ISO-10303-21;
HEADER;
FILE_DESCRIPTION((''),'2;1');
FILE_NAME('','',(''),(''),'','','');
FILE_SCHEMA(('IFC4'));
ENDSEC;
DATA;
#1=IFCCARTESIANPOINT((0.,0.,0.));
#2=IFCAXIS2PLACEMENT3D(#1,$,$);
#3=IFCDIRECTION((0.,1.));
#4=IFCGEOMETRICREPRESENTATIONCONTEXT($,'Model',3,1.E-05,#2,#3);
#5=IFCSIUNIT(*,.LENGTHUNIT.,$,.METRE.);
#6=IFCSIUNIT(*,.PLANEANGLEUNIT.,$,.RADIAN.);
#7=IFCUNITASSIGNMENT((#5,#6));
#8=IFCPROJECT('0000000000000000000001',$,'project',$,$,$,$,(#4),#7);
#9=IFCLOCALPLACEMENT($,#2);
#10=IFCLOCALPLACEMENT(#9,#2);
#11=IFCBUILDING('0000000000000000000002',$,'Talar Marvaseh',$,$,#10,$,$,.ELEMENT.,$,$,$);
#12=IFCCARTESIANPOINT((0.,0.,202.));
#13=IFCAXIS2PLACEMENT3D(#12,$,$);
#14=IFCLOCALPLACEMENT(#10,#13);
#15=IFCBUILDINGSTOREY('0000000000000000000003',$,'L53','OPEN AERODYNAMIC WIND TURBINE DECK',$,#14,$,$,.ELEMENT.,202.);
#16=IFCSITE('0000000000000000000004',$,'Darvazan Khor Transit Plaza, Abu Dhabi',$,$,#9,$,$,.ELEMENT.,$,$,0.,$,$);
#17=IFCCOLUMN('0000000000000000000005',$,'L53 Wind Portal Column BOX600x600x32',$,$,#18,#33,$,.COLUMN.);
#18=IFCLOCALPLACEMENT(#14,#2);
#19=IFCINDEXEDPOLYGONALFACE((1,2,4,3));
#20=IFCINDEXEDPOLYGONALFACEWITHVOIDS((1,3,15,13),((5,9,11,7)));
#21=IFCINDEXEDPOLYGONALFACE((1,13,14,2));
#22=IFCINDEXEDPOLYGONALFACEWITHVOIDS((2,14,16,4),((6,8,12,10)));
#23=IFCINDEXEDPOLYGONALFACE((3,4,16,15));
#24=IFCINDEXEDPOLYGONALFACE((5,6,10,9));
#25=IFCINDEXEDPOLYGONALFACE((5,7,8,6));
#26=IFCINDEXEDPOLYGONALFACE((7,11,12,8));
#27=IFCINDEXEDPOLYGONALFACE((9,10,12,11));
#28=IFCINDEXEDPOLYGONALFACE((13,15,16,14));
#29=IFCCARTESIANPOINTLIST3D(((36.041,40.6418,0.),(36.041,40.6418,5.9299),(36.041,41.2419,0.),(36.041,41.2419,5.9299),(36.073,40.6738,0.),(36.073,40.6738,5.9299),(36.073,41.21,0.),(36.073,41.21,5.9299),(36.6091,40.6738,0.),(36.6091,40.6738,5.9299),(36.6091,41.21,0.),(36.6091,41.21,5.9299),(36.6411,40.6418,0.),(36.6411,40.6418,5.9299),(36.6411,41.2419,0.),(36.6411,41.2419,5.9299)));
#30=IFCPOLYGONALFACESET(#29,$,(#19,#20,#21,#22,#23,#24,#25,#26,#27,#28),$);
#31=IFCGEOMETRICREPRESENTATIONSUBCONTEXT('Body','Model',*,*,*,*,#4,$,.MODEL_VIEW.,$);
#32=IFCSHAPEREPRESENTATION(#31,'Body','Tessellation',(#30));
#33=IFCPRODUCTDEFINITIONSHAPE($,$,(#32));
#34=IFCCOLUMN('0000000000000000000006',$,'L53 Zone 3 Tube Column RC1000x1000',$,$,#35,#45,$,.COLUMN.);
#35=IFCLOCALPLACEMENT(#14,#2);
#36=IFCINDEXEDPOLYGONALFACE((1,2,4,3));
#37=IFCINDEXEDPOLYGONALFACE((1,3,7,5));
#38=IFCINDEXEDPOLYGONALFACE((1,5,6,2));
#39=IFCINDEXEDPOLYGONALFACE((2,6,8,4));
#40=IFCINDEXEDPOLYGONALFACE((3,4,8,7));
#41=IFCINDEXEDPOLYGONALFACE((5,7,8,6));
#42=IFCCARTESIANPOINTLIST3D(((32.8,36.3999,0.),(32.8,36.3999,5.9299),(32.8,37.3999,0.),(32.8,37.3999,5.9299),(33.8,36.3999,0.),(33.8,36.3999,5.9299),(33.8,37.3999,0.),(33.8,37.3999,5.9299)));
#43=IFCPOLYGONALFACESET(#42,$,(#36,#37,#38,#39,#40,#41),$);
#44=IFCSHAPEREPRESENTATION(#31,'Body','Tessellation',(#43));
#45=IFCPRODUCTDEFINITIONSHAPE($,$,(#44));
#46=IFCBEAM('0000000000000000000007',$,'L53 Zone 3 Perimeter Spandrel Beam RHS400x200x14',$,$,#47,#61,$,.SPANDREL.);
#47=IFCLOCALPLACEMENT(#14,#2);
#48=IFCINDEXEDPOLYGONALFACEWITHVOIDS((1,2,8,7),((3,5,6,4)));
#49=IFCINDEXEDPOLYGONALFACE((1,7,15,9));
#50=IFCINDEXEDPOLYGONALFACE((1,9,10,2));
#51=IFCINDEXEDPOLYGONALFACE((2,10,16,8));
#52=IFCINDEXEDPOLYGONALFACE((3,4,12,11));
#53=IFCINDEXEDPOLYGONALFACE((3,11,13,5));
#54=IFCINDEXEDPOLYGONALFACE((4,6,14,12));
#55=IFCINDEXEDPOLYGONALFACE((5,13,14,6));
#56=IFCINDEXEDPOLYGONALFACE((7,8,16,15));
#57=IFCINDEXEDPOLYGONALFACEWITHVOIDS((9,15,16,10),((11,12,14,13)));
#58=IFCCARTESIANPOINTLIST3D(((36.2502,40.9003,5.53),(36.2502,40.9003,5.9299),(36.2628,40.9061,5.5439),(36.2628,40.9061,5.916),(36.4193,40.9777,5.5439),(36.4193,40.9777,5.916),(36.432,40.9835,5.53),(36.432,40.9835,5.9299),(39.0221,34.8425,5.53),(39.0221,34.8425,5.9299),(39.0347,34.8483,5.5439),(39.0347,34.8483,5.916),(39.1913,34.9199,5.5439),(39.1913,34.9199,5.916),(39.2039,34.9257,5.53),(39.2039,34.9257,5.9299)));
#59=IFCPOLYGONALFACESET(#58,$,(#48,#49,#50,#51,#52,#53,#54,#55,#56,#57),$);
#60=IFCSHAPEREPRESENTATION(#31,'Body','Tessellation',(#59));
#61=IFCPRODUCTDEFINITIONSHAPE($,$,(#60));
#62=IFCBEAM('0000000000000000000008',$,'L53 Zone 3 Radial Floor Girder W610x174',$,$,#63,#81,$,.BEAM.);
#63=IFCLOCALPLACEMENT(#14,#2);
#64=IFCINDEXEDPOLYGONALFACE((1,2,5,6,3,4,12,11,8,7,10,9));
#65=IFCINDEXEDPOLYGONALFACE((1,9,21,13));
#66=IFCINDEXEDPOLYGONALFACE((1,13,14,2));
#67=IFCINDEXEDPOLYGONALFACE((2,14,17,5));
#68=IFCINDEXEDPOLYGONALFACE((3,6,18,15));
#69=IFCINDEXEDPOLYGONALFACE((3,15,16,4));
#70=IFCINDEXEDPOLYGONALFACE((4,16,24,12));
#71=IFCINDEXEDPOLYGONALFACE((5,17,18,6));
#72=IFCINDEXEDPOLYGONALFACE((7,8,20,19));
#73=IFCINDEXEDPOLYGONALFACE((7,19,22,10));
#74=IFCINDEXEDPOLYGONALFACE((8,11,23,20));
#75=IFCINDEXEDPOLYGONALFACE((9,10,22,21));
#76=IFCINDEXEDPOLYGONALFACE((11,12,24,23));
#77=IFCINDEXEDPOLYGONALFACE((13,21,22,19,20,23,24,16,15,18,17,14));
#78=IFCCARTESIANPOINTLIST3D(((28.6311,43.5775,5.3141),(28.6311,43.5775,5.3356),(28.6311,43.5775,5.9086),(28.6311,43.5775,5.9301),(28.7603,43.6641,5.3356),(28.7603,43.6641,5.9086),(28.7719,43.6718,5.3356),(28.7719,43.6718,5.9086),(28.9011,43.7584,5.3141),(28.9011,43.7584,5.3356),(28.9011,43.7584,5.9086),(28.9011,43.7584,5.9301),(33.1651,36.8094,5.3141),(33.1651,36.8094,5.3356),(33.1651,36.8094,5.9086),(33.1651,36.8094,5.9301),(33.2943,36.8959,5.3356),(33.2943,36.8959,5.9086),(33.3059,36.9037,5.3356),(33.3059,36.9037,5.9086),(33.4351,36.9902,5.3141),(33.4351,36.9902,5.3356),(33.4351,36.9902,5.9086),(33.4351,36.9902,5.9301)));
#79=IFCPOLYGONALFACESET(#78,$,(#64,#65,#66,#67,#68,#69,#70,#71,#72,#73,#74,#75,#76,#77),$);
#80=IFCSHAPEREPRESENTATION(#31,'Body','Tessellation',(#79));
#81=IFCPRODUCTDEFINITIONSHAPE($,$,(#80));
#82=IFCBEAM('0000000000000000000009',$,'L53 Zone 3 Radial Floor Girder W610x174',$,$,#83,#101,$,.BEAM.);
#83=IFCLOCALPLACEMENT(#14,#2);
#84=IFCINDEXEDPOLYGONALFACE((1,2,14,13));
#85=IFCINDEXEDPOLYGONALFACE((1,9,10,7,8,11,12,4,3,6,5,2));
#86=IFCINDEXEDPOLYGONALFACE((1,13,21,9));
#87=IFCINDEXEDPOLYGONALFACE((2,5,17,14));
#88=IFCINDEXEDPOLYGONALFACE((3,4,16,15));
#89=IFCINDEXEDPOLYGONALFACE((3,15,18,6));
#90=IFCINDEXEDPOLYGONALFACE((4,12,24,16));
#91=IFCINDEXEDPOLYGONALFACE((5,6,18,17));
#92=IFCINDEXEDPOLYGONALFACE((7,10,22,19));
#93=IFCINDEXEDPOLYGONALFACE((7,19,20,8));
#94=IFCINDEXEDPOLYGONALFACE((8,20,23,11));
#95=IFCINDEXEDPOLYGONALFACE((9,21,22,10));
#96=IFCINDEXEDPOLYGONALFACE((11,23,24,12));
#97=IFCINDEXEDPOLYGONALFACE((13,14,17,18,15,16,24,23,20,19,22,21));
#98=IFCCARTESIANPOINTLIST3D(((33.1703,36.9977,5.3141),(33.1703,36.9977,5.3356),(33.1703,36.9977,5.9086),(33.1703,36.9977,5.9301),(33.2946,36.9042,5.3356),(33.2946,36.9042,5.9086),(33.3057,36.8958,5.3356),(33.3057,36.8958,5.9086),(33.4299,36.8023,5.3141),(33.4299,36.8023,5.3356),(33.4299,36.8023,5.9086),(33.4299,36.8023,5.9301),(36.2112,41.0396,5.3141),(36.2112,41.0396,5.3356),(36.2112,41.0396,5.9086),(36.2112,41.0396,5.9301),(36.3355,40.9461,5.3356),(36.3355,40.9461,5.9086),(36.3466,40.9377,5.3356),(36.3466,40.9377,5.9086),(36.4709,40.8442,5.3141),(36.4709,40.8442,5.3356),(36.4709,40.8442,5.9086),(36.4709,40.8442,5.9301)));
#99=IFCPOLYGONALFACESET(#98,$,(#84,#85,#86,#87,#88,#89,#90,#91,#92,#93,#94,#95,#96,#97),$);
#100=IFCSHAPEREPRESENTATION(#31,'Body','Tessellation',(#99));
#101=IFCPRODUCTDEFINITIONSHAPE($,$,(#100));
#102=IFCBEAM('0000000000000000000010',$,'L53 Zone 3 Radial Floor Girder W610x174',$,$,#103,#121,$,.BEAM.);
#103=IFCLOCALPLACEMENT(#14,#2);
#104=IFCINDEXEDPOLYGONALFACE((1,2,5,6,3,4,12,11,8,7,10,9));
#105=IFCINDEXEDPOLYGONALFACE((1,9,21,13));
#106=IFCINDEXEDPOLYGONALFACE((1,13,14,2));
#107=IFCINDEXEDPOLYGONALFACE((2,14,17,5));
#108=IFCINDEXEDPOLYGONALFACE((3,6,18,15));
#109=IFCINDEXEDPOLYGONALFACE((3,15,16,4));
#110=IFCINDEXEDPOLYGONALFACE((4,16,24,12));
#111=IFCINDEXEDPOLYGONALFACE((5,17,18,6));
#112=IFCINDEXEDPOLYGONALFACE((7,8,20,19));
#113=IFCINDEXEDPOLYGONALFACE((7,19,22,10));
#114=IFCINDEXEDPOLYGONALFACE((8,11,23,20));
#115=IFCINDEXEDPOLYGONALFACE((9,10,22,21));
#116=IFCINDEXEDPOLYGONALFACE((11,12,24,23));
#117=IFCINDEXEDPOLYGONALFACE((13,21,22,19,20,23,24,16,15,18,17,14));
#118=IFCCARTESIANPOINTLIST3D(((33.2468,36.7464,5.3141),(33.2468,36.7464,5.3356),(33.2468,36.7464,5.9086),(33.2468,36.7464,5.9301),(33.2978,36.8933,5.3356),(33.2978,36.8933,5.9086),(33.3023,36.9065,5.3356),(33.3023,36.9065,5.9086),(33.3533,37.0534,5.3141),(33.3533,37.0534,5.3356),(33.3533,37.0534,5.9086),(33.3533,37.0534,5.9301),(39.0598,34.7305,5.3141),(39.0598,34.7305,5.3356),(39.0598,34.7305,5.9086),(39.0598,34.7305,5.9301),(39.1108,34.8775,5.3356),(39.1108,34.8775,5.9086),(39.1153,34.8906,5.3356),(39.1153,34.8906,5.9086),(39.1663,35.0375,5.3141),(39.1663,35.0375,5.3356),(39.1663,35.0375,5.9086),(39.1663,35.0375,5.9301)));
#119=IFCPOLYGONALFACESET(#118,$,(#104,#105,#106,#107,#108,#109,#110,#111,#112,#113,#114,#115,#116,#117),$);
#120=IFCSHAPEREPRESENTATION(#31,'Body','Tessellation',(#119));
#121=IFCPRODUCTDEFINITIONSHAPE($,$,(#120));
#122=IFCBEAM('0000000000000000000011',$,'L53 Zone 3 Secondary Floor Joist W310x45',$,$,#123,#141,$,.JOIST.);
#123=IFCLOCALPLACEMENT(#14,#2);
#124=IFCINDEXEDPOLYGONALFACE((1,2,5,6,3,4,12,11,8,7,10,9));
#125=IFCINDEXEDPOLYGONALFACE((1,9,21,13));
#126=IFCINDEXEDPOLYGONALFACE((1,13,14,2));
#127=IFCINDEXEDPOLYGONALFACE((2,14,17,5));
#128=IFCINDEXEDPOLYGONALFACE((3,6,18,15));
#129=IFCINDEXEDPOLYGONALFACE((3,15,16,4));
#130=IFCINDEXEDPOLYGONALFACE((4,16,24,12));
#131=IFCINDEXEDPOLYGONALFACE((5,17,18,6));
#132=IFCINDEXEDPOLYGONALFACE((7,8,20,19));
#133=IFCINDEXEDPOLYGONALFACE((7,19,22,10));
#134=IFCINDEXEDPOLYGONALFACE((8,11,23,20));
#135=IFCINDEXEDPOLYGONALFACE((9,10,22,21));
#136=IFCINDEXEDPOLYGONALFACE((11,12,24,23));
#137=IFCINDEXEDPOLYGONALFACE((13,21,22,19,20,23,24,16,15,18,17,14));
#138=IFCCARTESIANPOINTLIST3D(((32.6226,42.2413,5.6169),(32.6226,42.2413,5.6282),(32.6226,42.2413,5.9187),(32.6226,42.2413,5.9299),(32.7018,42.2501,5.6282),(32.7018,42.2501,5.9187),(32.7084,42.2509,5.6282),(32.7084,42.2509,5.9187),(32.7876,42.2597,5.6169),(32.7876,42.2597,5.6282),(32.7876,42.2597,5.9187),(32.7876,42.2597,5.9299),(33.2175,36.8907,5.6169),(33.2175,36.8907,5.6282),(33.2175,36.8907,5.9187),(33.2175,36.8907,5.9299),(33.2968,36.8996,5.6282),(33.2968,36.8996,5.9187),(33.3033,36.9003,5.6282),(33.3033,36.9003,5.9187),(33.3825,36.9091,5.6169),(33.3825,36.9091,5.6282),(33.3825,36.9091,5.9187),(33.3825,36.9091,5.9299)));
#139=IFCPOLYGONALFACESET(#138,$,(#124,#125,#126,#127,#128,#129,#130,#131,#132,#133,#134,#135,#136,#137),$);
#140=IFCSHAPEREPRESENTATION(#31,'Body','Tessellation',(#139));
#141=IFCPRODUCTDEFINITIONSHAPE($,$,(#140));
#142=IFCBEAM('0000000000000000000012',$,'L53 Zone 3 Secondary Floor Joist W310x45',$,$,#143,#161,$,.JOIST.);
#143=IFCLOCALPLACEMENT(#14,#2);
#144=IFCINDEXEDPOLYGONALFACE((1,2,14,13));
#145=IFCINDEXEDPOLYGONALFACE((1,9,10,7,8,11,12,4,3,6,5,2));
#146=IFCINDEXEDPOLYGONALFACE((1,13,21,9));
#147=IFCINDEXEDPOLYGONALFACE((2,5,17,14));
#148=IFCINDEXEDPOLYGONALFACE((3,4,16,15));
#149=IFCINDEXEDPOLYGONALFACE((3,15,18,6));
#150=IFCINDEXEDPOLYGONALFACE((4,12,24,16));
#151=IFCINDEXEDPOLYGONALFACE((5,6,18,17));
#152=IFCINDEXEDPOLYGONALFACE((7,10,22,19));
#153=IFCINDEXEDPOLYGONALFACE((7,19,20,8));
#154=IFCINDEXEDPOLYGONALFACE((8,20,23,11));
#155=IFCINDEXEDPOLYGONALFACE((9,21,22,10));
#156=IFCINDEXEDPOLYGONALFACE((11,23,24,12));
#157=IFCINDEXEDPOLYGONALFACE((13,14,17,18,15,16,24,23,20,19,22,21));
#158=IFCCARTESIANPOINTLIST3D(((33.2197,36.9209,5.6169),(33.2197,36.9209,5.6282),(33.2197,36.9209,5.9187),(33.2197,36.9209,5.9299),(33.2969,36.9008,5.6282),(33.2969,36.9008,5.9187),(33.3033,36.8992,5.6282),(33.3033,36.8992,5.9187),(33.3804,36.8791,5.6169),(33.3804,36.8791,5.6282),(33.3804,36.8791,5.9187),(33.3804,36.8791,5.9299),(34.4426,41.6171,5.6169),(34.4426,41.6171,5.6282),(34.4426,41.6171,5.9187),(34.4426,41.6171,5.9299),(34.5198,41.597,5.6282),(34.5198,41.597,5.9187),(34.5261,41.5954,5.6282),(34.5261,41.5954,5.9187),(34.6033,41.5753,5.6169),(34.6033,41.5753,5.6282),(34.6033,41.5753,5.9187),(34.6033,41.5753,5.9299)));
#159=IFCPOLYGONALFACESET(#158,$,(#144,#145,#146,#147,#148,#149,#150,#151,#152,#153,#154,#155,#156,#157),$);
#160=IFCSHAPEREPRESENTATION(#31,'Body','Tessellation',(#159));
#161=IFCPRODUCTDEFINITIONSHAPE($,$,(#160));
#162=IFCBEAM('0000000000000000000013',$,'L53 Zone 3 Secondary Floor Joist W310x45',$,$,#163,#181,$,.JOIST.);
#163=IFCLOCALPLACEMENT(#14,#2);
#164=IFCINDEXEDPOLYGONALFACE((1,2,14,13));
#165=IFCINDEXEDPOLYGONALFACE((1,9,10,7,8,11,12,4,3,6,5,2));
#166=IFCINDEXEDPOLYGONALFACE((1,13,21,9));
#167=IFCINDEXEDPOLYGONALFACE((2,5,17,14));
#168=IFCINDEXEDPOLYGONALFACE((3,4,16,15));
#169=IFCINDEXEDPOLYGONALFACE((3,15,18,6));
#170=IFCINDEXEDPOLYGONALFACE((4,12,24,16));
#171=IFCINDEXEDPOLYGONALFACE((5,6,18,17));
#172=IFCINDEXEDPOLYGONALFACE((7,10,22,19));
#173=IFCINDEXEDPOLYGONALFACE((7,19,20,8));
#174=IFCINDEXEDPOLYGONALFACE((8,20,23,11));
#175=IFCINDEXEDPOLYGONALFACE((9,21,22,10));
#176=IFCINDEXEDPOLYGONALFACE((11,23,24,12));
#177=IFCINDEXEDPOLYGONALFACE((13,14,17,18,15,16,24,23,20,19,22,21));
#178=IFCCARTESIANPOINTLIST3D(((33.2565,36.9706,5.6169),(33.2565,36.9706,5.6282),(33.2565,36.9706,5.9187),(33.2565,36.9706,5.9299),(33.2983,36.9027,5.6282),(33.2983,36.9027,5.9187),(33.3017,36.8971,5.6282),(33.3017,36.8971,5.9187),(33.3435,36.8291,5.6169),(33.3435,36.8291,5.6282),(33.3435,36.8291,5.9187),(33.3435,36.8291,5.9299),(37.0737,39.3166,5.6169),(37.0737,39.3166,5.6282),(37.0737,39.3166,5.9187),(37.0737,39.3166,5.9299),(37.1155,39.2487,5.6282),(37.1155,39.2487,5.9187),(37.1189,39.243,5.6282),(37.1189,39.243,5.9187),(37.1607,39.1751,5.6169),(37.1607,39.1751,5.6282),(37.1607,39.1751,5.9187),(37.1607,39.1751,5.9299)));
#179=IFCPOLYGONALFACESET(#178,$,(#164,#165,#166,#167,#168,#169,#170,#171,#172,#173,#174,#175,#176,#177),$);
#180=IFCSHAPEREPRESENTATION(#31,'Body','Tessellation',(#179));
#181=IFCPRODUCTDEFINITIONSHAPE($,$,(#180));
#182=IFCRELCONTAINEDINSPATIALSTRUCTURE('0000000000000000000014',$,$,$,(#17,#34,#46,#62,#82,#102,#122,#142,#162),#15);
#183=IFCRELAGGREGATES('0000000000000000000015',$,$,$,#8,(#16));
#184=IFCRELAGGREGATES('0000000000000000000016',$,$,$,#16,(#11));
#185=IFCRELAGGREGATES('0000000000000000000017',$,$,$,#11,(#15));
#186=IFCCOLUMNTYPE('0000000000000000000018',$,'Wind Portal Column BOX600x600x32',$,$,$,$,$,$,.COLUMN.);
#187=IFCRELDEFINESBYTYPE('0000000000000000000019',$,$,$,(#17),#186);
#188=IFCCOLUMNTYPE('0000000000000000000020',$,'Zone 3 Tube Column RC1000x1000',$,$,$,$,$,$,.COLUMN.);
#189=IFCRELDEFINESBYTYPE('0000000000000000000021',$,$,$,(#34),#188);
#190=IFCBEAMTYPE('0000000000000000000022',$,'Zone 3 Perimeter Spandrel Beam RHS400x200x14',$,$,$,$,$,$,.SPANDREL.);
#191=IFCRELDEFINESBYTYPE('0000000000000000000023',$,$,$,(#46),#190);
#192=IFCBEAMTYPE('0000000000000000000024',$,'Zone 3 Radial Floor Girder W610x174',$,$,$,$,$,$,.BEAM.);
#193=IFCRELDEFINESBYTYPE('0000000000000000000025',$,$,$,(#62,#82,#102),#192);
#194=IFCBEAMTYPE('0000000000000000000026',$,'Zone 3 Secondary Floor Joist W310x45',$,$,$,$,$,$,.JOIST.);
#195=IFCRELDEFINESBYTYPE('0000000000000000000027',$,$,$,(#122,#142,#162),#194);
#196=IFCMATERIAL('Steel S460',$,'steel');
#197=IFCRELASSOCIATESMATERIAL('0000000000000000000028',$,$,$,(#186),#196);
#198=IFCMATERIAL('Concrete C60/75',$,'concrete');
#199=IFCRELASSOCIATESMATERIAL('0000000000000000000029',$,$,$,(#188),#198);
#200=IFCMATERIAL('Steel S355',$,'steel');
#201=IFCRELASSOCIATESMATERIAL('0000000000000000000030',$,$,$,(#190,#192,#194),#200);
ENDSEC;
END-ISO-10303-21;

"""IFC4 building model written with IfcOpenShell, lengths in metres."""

from ifc_helpers import new_model, si_unit, direction, frame, origin, origin_2d, place, context, subcontext, project, spatial, rectangle, hollow_rectangle, i_section, extrude, material, material_profile, profile_set, type_object, element, save


model = new_model("IFC4")

# Units and contexts
model_context = context("Model", 3, precision=1e-05, world=origin(), true_north=direction((0.0, 1.0)))
body_context = subcontext(model_context, "Body", "Model", "MODEL_VIEW")
ifc_project = project(units=[si_unit("LENGTHUNIT", "METRE"), si_unit("PLANEANGLEUNIT", "RADIAN")], contexts=[model_context])

# Site, building, storey
site_placement = place(None, origin())
site = spatial("IfcSite", under=ifc_project, at=site_placement, Name="Darvazan Khor Transit Plaza, Abu Dhabi", CompositionType="ELEMENT", RefElevation=0.0)
building_placement = place(site_placement, origin())
building = spatial("IfcBuilding", under=site, at=building_placement, Name="Talar Marvaseh", CompositionType="ELEMENT")
storey_placement = place(building_placement, frame((0.0, 0.0, 202.0)))
storey = spatial("IfcBuildingStorey", under=building, at=storey_placement, Name="L53", Description="OPEN AERODYNAMIC WIND TURBINE DECK", CompositionType="ELEMENT", Elevation=202.0)

# Columns
ifc_material_1 = material(Name="Steel S460", Category="steel")
ifc_material_profile_1 = material_profile(ifc_material_1, hollow_rectangle(XDim=0.6001, YDim=0.6001, WallThickness=0.032, at=origin_2d()), Name="BOX600x600x32")
ifc_profile_set_1 = profile_set([ifc_material_profile_1], Name="Steel S460")
column_type_1 = type_object("IfcColumnType", Name="Wind Portal Column BOX600x600x32", PredefinedType="COLUMN", material=ifc_profile_set_1)
column_1_placement = place(storey_placement, frame((36.3411, 40.9419, 0.0), z_axis=(0.0, 0.0, 1.0), x_axis=(1.0, 0.0, 0.0)))
element("IfcColumn", 1, at=column_1_placement, inside=storey, type_object=column_type_1, Name="L53 Wind Portal Column BOX600x600x32", PredefinedType="COLUMN", context=body_context, shape_type="SweptSolid", body=[
    extrude(hollow_rectangle(XDim=0.6001, YDim=0.6001, WallThickness=0.032, at=origin_2d()), origin(), (0.0, 0.0, 1.0), 5.9299),
])
ifc_material_2 = material(Name="Concrete C60/75", Category="concrete")
ifc_material_profile_2 = material_profile(ifc_material_2, rectangle(XDim=1.0, YDim=1.0, at=origin_2d()), Name="RC1000x1000")
ifc_profile_set_2 = profile_set([ifc_material_profile_2], Name="Concrete C60/75")
column_type_2 = type_object("IfcColumnType", Name="Zone 3 Tube Column RC1000x1000", PredefinedType="COLUMN", material=ifc_profile_set_2)
column_2_placement = place(storey_placement, frame((33.3, 36.8999, 0.0), z_axis=(0.0, 0.0, 1.0), x_axis=(1.0, 0.0, 0.0)))
element("IfcColumn", 2, at=column_2_placement, inside=storey, type_object=column_type_2, Name="L53 Zone 3 Tube Column RC1000x1000", PredefinedType="COLUMN", context=body_context, shape_type="SweptSolid", body=[
    extrude(rectangle(XDim=1.0, YDim=1.0, at=origin_2d()), origin(), (0.0, 0.0, 1.0), 5.9299),
])

# Beams
ifc_material_3 = material(Name="Steel S355", Category="steel")
ifc_material_profile_3 = material_profile(ifc_material_3, hollow_rectangle(XDim=0.2, YDim=0.3999, WallThickness=0.0139, at=origin_2d()), Name="RHS400x200x14")
ifc_profile_set_3 = profile_set([ifc_material_profile_3], Name="Steel S355")
beam_type_1 = type_object("IfcBeamType", Name="Zone 3 Perimeter Spandrel Beam RHS400x200x14", PredefinedType="SPANDREL", material=ifc_profile_set_3)
beam_1_placement = place(storey_placement, frame((36.3411, 40.9419, 5.73), z_axis=(0.416091, -0.909323, 0.0), x_axis=(0.909323, 0.416091, 0.0)))
element("IfcBeam", 3, at=beam_1_placement, inside=storey, type_object=beam_type_1, Name="L53 Zone 3 Perimeter Spandrel Beam RHS400x200x14", PredefinedType="SPANDREL", context=body_context, shape_type="SweptSolid", body=[
    extrude(hollow_rectangle(XDim=0.2, YDim=0.3999, WallThickness=0.0139, at=origin_2d()), origin(), (0.0, 0.0, 1.0), 6.6619),
])
ifc_material_profile_4 = material_profile(ifc_material_3, i_section(OverallWidth=0.325, OverallDepth=0.616, WebThickness=0.0139, FlangeThickness=0.0215, at=origin_2d()), Name="W610x174")
ifc_profile_set_4 = profile_set([ifc_material_profile_4], Name="Steel S355")
beam_type_2 = type_object("IfcBeamType", Name="Zone 3 Radial Floor Girder W610x174", PredefinedType="BEAM", material=ifc_profile_set_4)
beam_2_placement = place(storey_placement, frame((28.7661, 43.668, 5.6221), z_axis=(0.556559, -0.830808, 0.0), x_axis=(0.830808, 0.556559, 0.0)))
element("IfcBeam", 4, at=beam_2_placement, inside=storey, type_object=beam_type_2, Name="L53 Zone 3 Radial Floor Girder W610x174", PredefinedType="BEAM", context=body_context, shape_type="SweptSolid", body=[
    extrude(i_section(OverallWidth=0.325, OverallDepth=0.616, WebThickness=0.0139, FlangeThickness=0.0215, at=origin_2d()), origin(), (0.0, 0.0, 1.0), 8.1465),
])
beam_3_placement = place(storey_placement, frame((36.3411, 40.9419, 5.6221), z_axis=(-0.601204, -0.799096, 0.0), x_axis=(0.799096, -0.601204, 0.0)))
element("IfcBeam", 5, at=beam_3_placement, inside=storey, type_object=beam_type_2, Name="L53 Zone 3 Radial Floor Girder W610x174", PredefinedType="BEAM", context=body_context, shape_type="SweptSolid", body=[
    extrude(i_section(OverallWidth=0.325, OverallDepth=0.616, WebThickness=0.0139, FlangeThickness=0.0215, at=origin_2d()), origin(), (0.0, 0.0, 1.0), 5.0581),
])
beam_4_placement = place(storey_placement, frame((39.113, 34.884, 5.6221), z_axis=(-0.944801, 0.327645, 0.0), x_axis=(-0.327645, -0.944801, 0.0)))
element("IfcBeam", 6, at=beam_4_placement, inside=storey, type_object=beam_type_2, Name="L53 Zone 3 Radial Floor Girder W610x174", PredefinedType="BEAM", context=body_context, shape_type="SweptSolid", body=[
    extrude(i_section(OverallWidth=0.325, OverallDepth=0.616, WebThickness=0.0139, FlangeThickness=0.0215, at=origin_2d()), origin(), (0.0, 0.0, 1.0), 6.1526),
])
ifc_material_profile_5 = material_profile(ifc_material_3, i_section(OverallWidth=0.166, OverallDepth=0.313, WebThickness=0.0066, FlangeThickness=0.0112, at=origin_2d()), Name="W310x45")
ifc_profile_set_5 = profile_set([ifc_material_profile_5], Name="Steel S355")
beam_type_3 = type_object("IfcBeamType", Name="Zone 3 Secondary Floor Joist W310x45", PredefinedType="JOIST", material=ifc_profile_set_5)
beam_5_placement = place(storey_placement, frame((32.7051, 42.2505, 5.7734), z_axis=(0.110516, -0.993874, 0.0), x_axis=(0.993874, 0.110516, 0.0)))
element("IfcBeam", 7, at=beam_5_placement, inside=storey, type_object=beam_type_3, Name="L53 Zone 3 Secondary Floor Joist W310x45", PredefinedType="JOIST", context=body_context, shape_type="SweptSolid", body=[
    extrude(i_section(OverallWidth=0.166, OverallDepth=0.313, WebThickness=0.0066, FlangeThickness=0.0112, at=origin_2d()), origin(), (0.0, 0.0, 1.0), 5.3835),
])
beam_6_placement = place(storey_placement, frame((34.5229, 41.5962, 5.7734), z_axis=(-0.251994, -0.967729, 0.0), x_axis=(0.967729, -0.251994, 0.0)))
element("IfcBeam", 8, at=beam_6_placement, inside=storey, type_object=beam_type_3, Name="L53 Zone 3 Secondary Floor Joist W310x45", PredefinedType="JOIST", context=body_context, shape_type="SweptSolid", body=[
    extrude(i_section(OverallWidth=0.166, OverallDepth=0.313, WebThickness=0.0066, FlangeThickness=0.0112, at=origin_2d()), origin(), (0.0, 0.0, 1.0), 4.8528),
])
beam_7_placement = place(storey_placement, frame((37.1172, 39.2458, 5.7734), z_axis=(-0.851963, -0.523602, 0.0), x_axis=(0.523602, -0.851963, 0.0)))
element("IfcBeam", 9, at=beam_7_placement, inside=storey, type_object=beam_type_3, Name="L53 Zone 3 Secondary Floor Joist W310x45", PredefinedType="JOIST", context=body_context, shape_type="SweptSolid", body=[
    extrude(i_section(OverallWidth=0.166, OverallDepth=0.313, WebThickness=0.0066, FlangeThickness=0.0112, at=origin_2d()), origin(), (0.0, 0.0, 1.0), 4.4805),
])

save(model, "model.ifc")
